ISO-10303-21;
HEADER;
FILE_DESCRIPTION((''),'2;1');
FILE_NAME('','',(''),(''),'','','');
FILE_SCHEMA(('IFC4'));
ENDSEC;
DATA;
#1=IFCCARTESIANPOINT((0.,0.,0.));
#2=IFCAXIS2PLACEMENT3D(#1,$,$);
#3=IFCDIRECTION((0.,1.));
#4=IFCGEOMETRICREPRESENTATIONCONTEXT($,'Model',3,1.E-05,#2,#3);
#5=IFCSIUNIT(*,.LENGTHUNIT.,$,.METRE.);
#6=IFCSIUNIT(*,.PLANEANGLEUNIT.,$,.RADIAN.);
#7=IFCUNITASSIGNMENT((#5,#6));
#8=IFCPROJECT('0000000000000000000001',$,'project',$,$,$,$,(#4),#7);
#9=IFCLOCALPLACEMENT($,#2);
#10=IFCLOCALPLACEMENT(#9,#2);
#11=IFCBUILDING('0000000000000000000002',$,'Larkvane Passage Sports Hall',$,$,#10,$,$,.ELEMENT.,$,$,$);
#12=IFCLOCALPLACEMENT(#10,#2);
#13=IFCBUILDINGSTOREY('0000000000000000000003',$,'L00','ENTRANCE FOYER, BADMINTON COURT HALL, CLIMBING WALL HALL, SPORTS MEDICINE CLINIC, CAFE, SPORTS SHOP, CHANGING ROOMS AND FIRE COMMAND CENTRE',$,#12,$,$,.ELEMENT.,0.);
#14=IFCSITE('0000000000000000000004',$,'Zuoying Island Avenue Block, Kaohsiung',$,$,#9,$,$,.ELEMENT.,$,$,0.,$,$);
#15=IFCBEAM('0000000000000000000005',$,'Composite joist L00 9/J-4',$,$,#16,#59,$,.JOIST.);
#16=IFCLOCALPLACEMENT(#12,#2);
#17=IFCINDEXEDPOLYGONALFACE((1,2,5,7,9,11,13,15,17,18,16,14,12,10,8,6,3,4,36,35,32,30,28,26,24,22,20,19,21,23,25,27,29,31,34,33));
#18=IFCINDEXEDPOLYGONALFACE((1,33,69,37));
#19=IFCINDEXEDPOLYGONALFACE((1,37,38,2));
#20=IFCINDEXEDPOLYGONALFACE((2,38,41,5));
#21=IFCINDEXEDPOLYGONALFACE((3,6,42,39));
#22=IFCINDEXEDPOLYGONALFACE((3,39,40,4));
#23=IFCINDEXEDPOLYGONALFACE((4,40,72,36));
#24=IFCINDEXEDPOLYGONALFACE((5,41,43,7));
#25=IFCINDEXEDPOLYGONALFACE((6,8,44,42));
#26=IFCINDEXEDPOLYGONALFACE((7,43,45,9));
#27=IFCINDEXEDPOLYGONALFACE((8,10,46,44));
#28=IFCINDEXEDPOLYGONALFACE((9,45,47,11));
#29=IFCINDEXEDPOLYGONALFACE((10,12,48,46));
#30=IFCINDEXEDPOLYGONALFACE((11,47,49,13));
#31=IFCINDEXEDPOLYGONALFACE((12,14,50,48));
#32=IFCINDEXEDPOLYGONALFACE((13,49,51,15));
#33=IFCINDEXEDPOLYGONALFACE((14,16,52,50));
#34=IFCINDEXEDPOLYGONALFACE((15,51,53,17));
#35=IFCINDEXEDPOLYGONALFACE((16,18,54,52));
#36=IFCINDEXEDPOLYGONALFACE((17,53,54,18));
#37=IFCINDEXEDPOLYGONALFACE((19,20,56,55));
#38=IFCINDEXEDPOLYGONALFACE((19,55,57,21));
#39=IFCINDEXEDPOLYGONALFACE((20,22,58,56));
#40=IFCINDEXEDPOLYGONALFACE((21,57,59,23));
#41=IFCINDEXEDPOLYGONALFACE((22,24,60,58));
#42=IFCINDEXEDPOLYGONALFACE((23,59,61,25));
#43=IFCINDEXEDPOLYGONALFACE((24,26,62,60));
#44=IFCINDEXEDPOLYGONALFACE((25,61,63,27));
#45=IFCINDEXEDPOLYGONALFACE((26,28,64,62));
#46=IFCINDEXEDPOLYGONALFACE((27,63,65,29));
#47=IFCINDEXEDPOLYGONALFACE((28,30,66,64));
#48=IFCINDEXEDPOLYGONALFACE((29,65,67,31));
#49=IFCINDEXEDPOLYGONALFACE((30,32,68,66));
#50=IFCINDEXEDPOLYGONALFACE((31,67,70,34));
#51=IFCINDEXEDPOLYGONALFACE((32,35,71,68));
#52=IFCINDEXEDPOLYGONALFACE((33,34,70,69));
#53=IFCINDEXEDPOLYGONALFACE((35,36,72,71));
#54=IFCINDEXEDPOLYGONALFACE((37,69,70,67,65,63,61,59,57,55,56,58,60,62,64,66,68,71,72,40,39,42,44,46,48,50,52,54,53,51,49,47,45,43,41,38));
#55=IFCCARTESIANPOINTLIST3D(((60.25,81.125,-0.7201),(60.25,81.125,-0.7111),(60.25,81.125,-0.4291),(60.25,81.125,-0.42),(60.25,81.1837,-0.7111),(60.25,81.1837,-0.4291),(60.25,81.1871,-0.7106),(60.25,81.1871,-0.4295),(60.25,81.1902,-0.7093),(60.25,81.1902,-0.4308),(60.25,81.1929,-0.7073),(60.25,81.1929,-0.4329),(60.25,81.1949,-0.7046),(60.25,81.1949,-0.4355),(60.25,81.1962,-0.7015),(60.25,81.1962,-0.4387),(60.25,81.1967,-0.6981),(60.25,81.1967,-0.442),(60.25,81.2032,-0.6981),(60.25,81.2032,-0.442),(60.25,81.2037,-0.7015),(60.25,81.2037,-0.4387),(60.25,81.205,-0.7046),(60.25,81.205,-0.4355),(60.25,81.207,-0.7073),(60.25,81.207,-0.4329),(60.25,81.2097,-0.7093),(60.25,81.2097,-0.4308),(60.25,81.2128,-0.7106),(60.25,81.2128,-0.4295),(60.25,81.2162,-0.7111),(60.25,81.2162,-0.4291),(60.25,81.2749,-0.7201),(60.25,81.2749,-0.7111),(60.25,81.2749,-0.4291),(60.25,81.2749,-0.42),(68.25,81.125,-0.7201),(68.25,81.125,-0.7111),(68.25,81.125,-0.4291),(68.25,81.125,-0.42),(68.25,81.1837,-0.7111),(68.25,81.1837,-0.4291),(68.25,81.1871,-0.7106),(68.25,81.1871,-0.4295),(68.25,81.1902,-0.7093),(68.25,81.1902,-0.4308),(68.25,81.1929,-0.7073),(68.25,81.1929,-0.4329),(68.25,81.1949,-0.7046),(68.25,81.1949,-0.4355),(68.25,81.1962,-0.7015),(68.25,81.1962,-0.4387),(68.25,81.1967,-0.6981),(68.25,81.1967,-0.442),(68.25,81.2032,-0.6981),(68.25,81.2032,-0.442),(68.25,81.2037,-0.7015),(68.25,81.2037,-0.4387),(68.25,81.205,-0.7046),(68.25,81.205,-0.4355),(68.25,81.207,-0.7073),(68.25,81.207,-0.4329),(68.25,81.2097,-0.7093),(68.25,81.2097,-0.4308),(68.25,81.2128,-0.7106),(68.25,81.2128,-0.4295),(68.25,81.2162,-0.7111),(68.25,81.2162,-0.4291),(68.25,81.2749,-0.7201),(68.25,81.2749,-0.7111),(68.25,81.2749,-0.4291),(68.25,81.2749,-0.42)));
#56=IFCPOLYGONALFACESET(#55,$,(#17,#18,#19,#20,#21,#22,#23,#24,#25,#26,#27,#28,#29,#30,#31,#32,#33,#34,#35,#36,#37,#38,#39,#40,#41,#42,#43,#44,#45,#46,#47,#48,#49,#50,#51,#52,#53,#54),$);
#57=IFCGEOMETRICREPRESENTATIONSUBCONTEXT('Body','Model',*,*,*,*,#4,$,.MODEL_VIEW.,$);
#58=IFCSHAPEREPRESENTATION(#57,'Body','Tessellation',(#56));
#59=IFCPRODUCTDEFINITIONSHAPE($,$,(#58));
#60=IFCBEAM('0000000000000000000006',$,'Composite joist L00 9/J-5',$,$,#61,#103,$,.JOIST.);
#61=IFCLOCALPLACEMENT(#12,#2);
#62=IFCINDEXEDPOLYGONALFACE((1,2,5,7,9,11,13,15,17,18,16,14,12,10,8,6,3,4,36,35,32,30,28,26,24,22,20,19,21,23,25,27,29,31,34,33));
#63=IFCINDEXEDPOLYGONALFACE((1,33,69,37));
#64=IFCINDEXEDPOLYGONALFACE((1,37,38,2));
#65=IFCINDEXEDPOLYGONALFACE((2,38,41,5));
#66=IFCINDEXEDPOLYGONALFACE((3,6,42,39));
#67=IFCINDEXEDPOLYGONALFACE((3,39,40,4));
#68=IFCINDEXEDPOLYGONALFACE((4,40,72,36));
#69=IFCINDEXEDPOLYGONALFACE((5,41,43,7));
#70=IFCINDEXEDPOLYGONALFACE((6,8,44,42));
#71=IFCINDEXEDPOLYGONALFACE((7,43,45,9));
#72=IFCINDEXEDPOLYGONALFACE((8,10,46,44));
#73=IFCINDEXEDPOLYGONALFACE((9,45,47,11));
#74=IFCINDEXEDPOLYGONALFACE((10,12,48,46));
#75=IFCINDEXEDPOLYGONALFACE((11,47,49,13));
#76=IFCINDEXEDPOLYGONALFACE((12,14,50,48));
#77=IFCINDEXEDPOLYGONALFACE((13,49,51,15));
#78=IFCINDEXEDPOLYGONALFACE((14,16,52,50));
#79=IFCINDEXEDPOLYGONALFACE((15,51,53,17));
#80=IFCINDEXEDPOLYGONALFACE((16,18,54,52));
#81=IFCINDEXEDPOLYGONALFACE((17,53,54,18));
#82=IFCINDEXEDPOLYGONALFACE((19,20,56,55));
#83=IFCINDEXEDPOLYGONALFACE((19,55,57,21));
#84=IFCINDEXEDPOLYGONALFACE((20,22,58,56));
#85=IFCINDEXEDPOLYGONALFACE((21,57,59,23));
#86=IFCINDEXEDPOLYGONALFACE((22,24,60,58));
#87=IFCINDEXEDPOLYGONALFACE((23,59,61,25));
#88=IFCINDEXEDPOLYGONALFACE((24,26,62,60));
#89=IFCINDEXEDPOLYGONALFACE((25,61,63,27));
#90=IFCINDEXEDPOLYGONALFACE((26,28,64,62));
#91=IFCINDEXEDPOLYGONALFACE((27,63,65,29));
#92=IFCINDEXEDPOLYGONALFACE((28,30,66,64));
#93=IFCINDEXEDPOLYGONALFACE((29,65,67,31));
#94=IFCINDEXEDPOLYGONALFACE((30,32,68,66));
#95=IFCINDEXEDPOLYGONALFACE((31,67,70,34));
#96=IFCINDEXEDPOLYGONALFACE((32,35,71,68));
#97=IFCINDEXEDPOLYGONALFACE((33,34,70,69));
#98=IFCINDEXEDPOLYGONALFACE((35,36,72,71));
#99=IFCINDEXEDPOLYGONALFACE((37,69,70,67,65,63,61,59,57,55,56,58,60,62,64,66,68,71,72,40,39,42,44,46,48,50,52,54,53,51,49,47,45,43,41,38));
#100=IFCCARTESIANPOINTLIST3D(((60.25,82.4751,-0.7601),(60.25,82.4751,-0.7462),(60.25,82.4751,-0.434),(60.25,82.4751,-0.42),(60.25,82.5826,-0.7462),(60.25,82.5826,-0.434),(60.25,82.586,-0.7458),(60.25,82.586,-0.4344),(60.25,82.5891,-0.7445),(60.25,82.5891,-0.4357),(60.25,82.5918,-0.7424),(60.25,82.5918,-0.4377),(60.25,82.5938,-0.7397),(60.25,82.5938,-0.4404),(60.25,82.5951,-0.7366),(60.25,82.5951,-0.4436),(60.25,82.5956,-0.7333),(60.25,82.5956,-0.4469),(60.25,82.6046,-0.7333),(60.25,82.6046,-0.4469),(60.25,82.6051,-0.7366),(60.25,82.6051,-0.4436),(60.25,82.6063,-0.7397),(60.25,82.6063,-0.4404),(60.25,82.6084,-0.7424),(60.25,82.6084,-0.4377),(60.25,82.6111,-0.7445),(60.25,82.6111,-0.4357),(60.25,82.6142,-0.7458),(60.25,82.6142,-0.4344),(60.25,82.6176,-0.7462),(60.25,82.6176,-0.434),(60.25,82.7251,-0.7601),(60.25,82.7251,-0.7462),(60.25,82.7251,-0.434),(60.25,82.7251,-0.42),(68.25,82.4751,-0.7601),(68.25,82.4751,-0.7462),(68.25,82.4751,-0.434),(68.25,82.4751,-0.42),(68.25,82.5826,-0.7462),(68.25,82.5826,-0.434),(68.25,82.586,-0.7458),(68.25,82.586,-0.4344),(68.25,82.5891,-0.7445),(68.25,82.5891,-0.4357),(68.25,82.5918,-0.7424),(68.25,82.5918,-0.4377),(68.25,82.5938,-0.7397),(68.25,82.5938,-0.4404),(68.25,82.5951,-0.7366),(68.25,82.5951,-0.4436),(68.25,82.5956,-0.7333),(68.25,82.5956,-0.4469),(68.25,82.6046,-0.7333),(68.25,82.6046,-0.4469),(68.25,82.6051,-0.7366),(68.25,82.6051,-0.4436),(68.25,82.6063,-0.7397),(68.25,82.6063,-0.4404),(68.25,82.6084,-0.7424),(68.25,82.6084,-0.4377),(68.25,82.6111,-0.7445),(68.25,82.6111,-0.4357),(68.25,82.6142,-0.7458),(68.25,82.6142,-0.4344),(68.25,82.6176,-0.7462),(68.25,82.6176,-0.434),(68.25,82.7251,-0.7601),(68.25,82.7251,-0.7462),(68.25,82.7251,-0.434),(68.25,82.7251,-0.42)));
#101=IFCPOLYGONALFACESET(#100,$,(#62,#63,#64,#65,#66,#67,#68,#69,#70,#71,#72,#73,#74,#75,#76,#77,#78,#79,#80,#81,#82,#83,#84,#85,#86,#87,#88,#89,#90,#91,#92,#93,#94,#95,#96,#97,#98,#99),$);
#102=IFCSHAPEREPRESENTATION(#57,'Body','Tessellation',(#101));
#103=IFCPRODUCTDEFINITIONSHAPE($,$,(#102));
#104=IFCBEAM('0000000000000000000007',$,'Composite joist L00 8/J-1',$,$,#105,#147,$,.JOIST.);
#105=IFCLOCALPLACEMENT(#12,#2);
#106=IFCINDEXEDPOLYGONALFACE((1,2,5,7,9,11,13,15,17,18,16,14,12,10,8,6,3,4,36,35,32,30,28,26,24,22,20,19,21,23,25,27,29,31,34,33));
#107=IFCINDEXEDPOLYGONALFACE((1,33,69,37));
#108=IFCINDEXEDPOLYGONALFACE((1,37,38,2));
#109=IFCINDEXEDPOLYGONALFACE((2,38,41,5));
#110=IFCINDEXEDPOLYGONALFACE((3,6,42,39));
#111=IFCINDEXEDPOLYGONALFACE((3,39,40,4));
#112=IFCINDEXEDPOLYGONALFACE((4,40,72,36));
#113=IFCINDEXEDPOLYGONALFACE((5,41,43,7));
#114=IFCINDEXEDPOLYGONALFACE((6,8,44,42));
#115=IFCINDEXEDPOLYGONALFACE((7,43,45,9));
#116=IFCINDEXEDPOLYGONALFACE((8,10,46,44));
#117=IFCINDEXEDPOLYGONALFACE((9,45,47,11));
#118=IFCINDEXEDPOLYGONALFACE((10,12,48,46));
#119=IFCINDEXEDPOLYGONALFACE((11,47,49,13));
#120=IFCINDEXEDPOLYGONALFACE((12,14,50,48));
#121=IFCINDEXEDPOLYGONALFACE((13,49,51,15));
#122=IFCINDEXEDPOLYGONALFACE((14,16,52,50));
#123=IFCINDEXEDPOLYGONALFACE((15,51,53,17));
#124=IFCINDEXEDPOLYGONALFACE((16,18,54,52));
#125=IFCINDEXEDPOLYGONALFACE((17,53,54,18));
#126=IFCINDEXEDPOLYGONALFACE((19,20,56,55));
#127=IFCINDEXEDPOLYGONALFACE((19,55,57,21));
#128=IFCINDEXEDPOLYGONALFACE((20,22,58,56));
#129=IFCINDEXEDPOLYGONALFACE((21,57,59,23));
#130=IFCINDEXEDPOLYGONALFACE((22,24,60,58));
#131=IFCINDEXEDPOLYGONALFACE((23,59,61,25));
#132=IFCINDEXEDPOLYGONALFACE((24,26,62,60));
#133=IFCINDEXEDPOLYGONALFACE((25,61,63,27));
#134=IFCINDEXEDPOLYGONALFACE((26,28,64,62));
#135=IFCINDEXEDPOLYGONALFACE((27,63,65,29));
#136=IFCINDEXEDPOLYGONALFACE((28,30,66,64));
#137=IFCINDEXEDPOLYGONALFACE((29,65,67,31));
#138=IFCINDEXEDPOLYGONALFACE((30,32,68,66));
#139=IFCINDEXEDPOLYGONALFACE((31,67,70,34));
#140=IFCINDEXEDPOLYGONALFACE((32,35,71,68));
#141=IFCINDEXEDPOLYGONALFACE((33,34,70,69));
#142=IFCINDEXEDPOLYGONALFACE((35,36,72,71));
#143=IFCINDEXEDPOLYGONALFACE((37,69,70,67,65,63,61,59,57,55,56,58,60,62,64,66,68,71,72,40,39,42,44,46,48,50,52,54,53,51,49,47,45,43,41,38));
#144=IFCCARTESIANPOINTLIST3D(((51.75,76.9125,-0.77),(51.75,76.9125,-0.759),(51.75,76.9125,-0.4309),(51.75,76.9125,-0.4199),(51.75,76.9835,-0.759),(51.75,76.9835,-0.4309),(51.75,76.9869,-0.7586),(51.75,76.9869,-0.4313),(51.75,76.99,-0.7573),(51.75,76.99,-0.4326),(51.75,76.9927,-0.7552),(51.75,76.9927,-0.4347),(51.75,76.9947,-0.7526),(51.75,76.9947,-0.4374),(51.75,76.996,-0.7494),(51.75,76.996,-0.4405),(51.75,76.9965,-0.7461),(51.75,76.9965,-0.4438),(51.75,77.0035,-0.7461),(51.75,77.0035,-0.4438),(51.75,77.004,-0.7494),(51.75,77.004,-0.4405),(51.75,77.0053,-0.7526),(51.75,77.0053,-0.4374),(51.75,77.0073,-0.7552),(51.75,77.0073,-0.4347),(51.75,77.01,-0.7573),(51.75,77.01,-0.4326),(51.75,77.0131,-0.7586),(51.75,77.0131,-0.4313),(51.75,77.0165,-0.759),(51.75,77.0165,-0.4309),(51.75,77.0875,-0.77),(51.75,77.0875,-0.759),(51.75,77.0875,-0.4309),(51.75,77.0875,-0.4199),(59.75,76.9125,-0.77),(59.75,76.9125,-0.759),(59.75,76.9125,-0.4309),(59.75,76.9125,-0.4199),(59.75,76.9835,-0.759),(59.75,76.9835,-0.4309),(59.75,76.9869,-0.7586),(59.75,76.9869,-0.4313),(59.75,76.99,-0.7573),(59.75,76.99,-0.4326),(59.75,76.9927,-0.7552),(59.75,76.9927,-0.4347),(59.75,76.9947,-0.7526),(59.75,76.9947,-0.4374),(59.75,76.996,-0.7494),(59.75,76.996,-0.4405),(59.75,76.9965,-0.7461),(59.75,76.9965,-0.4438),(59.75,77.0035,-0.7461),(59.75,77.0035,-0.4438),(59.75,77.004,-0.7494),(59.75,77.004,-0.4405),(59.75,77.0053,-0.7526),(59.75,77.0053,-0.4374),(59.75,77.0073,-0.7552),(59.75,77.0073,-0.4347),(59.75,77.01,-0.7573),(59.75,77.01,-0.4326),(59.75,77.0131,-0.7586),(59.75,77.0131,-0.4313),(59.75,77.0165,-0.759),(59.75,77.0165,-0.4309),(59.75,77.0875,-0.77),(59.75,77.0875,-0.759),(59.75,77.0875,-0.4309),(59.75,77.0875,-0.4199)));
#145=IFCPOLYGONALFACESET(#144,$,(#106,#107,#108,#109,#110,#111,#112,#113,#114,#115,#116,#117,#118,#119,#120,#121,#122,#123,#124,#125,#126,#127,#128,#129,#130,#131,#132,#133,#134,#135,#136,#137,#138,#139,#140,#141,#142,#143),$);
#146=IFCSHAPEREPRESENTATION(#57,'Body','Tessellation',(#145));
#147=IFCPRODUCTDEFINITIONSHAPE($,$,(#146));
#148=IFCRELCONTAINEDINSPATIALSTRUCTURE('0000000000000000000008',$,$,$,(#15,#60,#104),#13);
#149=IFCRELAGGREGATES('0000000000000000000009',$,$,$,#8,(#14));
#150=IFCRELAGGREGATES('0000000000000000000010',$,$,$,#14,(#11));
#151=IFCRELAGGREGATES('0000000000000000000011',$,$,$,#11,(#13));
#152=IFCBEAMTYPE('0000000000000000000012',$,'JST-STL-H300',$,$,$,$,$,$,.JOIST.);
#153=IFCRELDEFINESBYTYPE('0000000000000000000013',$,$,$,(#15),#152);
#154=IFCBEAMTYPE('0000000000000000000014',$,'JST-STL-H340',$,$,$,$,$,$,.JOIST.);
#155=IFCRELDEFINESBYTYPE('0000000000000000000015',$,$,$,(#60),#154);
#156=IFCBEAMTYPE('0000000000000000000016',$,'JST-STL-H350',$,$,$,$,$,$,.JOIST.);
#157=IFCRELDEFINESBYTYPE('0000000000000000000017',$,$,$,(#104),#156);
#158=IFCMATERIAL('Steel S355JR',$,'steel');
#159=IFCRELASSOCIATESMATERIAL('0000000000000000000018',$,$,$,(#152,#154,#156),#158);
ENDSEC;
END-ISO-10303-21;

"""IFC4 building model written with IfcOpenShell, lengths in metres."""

from ifc_helpers import new_model, si_unit, direction, frame, origin, origin_2d, place, context, subcontext, project, spatial, i_section, extrude, material, material_profile, profile_set, type_object, element, save


model = new_model("IFC4")

# Units and contexts
model_context = context("Model", 3, precision=1e-05, world=origin(), true_north=direction((0.0, 1.0)))
body_context = subcontext(model_context, "Body", "Model", "MODEL_VIEW")
ifc_project = project(units=[si_unit("LENGTHUNIT", "METRE"), si_unit("PLANEANGLEUNIT", "RADIAN")], contexts=[model_context])

# Site, building, storey
site_placement = place(None, origin())
site = spatial("IfcSite", under=ifc_project, at=site_placement, Name="Zuoying Island Avenue Block, Kaohsiung", CompositionType="ELEMENT", RefElevation=0.0)
building_placement = place(site_placement, origin())
building = spatial("IfcBuilding", under=site, at=building_placement, Name="Larkvane Passage Sports Hall", CompositionType="ELEMENT")
storey_placement = place(building_placement, origin())
storey = spatial("IfcBuildingStorey", under=building, at=storey_placement, Name="L00", Description="ENTRANCE FOYER, BADMINTON COURT HALL, CLIMBING WALL HALL, SPORTS MEDICINE CLINIC, CAFE, SPORTS SHOP, CHANGING ROOMS AND FIRE COMMAND CENTRE", CompositionType="ELEMENT", Elevation=0.0)

# Shared definitions
ifc_material_1 = material(Name="Steel S355JR", Category="steel")

# Beams
ifc_material_profile_1 = material_profile(ifc_material_1, i_section(OverallWidth=0.1499, OverallDepth=0.3, WebThickness=0.0066, FlangeThickness=0.009, FilletRadius=0.0129, at=origin_2d()), Name="H-300x150x6.5x9")
ifc_profile_set_1 = profile_set([ifc_material_profile_1], Name="Steel S355JR")
beam_type_1 = type_object("IfcBeamType", Name="JST-STL-H300", PredefinedType="JOIST", material=ifc_profile_set_1)
for number, where, z_axis, x_axis, name in (
    (1, (60.25, 81.2, -0.5701), (1.0, 0.0, 0.0), (0.0, 1.0, 0.0), "Composite joist L00 9/J-4"),
):
    element("IfcBeam", number, at=place(storey_placement, frame(where, z_axis=z_axis, x_axis=x_axis)), inside=storey, type_object=beam_type_1, Name=name, PredefinedType="JOIST", context=body_context, shape_type="SweptSolid", body=[
        extrude(i_section(OverallWidth=0.1499, OverallDepth=0.3, WebThickness=0.0066, FlangeThickness=0.009, FilletRadius=0.0129, at=origin_2d()), origin(), (0.0, 0.0, 1.0), 8.0),
    ])
ifc_material_profile_2 = material_profile(ifc_material_1, i_section(OverallWidth=0.25, OverallDepth=0.3401, WebThickness=0.009, FlangeThickness=0.0139, FilletRadius=0.0129, at=origin_2d()), Name="H-340x250x9x14")
ifc_profile_set_2 = profile_set([ifc_material_profile_2], Name="Steel S355JR")
beam_type_2 = type_object("IfcBeamType", Name="JST-STL-H340", PredefinedType="JOIST", material=ifc_profile_set_2)
beam_1_placement = place(storey_placement, frame((60.25, 82.6001, -0.5901), z_axis=(1.0, 0.0, 0.0), x_axis=(0.0, 1.0, 0.0)))
element("IfcBeam", 2, at=beam_1_placement, inside=storey, type_object=beam_type_2, Name="Composite joist L00 9/J-5", PredefinedType="JOIST", context=body_context, shape_type="SweptSolid", body=[
    extrude(i_section(OverallWidth=0.25, OverallDepth=0.3401, WebThickness=0.009, FlangeThickness=0.0139, FilletRadius=0.0129, at=origin_2d()), origin(), (0.0, 0.0, 1.0), 8.0),
])
ifc_material_profile_3 = material_profile(ifc_material_1, i_section(OverallWidth=0.175, OverallDepth=0.3501, WebThickness=0.0071, FlangeThickness=0.011, FilletRadius=0.0129, at=origin_2d()), Name="H-350x175x7x11")
ifc_profile_set_3 = profile_set([ifc_material_profile_3], Name="Steel S355JR")
beam_type_3 = type_object("IfcBeamType", Name="JST-STL-H350", PredefinedType="JOIST", material=ifc_profile_set_3)
beam_2_placement = place(storey_placement, frame((51.75, 77.0, -0.595), z_axis=(1.0, 0.0, 0.0), x_axis=(0.0, 1.0, 0.0)))
element("IfcBeam", 3, at=beam_2_placement, inside=storey, type_object=beam_type_3, Name="Composite joist L00 8/J-1", PredefinedType="JOIST", context=body_context, shape_type="SweptSolid", body=[
    extrude(i_section(OverallWidth=0.175, OverallDepth=0.3501, WebThickness=0.0071, FlangeThickness=0.011, FilletRadius=0.0129, at=origin_2d()), origin(), (0.0, 0.0, 1.0), 8.0),
])

save(model, "model.ifc")
